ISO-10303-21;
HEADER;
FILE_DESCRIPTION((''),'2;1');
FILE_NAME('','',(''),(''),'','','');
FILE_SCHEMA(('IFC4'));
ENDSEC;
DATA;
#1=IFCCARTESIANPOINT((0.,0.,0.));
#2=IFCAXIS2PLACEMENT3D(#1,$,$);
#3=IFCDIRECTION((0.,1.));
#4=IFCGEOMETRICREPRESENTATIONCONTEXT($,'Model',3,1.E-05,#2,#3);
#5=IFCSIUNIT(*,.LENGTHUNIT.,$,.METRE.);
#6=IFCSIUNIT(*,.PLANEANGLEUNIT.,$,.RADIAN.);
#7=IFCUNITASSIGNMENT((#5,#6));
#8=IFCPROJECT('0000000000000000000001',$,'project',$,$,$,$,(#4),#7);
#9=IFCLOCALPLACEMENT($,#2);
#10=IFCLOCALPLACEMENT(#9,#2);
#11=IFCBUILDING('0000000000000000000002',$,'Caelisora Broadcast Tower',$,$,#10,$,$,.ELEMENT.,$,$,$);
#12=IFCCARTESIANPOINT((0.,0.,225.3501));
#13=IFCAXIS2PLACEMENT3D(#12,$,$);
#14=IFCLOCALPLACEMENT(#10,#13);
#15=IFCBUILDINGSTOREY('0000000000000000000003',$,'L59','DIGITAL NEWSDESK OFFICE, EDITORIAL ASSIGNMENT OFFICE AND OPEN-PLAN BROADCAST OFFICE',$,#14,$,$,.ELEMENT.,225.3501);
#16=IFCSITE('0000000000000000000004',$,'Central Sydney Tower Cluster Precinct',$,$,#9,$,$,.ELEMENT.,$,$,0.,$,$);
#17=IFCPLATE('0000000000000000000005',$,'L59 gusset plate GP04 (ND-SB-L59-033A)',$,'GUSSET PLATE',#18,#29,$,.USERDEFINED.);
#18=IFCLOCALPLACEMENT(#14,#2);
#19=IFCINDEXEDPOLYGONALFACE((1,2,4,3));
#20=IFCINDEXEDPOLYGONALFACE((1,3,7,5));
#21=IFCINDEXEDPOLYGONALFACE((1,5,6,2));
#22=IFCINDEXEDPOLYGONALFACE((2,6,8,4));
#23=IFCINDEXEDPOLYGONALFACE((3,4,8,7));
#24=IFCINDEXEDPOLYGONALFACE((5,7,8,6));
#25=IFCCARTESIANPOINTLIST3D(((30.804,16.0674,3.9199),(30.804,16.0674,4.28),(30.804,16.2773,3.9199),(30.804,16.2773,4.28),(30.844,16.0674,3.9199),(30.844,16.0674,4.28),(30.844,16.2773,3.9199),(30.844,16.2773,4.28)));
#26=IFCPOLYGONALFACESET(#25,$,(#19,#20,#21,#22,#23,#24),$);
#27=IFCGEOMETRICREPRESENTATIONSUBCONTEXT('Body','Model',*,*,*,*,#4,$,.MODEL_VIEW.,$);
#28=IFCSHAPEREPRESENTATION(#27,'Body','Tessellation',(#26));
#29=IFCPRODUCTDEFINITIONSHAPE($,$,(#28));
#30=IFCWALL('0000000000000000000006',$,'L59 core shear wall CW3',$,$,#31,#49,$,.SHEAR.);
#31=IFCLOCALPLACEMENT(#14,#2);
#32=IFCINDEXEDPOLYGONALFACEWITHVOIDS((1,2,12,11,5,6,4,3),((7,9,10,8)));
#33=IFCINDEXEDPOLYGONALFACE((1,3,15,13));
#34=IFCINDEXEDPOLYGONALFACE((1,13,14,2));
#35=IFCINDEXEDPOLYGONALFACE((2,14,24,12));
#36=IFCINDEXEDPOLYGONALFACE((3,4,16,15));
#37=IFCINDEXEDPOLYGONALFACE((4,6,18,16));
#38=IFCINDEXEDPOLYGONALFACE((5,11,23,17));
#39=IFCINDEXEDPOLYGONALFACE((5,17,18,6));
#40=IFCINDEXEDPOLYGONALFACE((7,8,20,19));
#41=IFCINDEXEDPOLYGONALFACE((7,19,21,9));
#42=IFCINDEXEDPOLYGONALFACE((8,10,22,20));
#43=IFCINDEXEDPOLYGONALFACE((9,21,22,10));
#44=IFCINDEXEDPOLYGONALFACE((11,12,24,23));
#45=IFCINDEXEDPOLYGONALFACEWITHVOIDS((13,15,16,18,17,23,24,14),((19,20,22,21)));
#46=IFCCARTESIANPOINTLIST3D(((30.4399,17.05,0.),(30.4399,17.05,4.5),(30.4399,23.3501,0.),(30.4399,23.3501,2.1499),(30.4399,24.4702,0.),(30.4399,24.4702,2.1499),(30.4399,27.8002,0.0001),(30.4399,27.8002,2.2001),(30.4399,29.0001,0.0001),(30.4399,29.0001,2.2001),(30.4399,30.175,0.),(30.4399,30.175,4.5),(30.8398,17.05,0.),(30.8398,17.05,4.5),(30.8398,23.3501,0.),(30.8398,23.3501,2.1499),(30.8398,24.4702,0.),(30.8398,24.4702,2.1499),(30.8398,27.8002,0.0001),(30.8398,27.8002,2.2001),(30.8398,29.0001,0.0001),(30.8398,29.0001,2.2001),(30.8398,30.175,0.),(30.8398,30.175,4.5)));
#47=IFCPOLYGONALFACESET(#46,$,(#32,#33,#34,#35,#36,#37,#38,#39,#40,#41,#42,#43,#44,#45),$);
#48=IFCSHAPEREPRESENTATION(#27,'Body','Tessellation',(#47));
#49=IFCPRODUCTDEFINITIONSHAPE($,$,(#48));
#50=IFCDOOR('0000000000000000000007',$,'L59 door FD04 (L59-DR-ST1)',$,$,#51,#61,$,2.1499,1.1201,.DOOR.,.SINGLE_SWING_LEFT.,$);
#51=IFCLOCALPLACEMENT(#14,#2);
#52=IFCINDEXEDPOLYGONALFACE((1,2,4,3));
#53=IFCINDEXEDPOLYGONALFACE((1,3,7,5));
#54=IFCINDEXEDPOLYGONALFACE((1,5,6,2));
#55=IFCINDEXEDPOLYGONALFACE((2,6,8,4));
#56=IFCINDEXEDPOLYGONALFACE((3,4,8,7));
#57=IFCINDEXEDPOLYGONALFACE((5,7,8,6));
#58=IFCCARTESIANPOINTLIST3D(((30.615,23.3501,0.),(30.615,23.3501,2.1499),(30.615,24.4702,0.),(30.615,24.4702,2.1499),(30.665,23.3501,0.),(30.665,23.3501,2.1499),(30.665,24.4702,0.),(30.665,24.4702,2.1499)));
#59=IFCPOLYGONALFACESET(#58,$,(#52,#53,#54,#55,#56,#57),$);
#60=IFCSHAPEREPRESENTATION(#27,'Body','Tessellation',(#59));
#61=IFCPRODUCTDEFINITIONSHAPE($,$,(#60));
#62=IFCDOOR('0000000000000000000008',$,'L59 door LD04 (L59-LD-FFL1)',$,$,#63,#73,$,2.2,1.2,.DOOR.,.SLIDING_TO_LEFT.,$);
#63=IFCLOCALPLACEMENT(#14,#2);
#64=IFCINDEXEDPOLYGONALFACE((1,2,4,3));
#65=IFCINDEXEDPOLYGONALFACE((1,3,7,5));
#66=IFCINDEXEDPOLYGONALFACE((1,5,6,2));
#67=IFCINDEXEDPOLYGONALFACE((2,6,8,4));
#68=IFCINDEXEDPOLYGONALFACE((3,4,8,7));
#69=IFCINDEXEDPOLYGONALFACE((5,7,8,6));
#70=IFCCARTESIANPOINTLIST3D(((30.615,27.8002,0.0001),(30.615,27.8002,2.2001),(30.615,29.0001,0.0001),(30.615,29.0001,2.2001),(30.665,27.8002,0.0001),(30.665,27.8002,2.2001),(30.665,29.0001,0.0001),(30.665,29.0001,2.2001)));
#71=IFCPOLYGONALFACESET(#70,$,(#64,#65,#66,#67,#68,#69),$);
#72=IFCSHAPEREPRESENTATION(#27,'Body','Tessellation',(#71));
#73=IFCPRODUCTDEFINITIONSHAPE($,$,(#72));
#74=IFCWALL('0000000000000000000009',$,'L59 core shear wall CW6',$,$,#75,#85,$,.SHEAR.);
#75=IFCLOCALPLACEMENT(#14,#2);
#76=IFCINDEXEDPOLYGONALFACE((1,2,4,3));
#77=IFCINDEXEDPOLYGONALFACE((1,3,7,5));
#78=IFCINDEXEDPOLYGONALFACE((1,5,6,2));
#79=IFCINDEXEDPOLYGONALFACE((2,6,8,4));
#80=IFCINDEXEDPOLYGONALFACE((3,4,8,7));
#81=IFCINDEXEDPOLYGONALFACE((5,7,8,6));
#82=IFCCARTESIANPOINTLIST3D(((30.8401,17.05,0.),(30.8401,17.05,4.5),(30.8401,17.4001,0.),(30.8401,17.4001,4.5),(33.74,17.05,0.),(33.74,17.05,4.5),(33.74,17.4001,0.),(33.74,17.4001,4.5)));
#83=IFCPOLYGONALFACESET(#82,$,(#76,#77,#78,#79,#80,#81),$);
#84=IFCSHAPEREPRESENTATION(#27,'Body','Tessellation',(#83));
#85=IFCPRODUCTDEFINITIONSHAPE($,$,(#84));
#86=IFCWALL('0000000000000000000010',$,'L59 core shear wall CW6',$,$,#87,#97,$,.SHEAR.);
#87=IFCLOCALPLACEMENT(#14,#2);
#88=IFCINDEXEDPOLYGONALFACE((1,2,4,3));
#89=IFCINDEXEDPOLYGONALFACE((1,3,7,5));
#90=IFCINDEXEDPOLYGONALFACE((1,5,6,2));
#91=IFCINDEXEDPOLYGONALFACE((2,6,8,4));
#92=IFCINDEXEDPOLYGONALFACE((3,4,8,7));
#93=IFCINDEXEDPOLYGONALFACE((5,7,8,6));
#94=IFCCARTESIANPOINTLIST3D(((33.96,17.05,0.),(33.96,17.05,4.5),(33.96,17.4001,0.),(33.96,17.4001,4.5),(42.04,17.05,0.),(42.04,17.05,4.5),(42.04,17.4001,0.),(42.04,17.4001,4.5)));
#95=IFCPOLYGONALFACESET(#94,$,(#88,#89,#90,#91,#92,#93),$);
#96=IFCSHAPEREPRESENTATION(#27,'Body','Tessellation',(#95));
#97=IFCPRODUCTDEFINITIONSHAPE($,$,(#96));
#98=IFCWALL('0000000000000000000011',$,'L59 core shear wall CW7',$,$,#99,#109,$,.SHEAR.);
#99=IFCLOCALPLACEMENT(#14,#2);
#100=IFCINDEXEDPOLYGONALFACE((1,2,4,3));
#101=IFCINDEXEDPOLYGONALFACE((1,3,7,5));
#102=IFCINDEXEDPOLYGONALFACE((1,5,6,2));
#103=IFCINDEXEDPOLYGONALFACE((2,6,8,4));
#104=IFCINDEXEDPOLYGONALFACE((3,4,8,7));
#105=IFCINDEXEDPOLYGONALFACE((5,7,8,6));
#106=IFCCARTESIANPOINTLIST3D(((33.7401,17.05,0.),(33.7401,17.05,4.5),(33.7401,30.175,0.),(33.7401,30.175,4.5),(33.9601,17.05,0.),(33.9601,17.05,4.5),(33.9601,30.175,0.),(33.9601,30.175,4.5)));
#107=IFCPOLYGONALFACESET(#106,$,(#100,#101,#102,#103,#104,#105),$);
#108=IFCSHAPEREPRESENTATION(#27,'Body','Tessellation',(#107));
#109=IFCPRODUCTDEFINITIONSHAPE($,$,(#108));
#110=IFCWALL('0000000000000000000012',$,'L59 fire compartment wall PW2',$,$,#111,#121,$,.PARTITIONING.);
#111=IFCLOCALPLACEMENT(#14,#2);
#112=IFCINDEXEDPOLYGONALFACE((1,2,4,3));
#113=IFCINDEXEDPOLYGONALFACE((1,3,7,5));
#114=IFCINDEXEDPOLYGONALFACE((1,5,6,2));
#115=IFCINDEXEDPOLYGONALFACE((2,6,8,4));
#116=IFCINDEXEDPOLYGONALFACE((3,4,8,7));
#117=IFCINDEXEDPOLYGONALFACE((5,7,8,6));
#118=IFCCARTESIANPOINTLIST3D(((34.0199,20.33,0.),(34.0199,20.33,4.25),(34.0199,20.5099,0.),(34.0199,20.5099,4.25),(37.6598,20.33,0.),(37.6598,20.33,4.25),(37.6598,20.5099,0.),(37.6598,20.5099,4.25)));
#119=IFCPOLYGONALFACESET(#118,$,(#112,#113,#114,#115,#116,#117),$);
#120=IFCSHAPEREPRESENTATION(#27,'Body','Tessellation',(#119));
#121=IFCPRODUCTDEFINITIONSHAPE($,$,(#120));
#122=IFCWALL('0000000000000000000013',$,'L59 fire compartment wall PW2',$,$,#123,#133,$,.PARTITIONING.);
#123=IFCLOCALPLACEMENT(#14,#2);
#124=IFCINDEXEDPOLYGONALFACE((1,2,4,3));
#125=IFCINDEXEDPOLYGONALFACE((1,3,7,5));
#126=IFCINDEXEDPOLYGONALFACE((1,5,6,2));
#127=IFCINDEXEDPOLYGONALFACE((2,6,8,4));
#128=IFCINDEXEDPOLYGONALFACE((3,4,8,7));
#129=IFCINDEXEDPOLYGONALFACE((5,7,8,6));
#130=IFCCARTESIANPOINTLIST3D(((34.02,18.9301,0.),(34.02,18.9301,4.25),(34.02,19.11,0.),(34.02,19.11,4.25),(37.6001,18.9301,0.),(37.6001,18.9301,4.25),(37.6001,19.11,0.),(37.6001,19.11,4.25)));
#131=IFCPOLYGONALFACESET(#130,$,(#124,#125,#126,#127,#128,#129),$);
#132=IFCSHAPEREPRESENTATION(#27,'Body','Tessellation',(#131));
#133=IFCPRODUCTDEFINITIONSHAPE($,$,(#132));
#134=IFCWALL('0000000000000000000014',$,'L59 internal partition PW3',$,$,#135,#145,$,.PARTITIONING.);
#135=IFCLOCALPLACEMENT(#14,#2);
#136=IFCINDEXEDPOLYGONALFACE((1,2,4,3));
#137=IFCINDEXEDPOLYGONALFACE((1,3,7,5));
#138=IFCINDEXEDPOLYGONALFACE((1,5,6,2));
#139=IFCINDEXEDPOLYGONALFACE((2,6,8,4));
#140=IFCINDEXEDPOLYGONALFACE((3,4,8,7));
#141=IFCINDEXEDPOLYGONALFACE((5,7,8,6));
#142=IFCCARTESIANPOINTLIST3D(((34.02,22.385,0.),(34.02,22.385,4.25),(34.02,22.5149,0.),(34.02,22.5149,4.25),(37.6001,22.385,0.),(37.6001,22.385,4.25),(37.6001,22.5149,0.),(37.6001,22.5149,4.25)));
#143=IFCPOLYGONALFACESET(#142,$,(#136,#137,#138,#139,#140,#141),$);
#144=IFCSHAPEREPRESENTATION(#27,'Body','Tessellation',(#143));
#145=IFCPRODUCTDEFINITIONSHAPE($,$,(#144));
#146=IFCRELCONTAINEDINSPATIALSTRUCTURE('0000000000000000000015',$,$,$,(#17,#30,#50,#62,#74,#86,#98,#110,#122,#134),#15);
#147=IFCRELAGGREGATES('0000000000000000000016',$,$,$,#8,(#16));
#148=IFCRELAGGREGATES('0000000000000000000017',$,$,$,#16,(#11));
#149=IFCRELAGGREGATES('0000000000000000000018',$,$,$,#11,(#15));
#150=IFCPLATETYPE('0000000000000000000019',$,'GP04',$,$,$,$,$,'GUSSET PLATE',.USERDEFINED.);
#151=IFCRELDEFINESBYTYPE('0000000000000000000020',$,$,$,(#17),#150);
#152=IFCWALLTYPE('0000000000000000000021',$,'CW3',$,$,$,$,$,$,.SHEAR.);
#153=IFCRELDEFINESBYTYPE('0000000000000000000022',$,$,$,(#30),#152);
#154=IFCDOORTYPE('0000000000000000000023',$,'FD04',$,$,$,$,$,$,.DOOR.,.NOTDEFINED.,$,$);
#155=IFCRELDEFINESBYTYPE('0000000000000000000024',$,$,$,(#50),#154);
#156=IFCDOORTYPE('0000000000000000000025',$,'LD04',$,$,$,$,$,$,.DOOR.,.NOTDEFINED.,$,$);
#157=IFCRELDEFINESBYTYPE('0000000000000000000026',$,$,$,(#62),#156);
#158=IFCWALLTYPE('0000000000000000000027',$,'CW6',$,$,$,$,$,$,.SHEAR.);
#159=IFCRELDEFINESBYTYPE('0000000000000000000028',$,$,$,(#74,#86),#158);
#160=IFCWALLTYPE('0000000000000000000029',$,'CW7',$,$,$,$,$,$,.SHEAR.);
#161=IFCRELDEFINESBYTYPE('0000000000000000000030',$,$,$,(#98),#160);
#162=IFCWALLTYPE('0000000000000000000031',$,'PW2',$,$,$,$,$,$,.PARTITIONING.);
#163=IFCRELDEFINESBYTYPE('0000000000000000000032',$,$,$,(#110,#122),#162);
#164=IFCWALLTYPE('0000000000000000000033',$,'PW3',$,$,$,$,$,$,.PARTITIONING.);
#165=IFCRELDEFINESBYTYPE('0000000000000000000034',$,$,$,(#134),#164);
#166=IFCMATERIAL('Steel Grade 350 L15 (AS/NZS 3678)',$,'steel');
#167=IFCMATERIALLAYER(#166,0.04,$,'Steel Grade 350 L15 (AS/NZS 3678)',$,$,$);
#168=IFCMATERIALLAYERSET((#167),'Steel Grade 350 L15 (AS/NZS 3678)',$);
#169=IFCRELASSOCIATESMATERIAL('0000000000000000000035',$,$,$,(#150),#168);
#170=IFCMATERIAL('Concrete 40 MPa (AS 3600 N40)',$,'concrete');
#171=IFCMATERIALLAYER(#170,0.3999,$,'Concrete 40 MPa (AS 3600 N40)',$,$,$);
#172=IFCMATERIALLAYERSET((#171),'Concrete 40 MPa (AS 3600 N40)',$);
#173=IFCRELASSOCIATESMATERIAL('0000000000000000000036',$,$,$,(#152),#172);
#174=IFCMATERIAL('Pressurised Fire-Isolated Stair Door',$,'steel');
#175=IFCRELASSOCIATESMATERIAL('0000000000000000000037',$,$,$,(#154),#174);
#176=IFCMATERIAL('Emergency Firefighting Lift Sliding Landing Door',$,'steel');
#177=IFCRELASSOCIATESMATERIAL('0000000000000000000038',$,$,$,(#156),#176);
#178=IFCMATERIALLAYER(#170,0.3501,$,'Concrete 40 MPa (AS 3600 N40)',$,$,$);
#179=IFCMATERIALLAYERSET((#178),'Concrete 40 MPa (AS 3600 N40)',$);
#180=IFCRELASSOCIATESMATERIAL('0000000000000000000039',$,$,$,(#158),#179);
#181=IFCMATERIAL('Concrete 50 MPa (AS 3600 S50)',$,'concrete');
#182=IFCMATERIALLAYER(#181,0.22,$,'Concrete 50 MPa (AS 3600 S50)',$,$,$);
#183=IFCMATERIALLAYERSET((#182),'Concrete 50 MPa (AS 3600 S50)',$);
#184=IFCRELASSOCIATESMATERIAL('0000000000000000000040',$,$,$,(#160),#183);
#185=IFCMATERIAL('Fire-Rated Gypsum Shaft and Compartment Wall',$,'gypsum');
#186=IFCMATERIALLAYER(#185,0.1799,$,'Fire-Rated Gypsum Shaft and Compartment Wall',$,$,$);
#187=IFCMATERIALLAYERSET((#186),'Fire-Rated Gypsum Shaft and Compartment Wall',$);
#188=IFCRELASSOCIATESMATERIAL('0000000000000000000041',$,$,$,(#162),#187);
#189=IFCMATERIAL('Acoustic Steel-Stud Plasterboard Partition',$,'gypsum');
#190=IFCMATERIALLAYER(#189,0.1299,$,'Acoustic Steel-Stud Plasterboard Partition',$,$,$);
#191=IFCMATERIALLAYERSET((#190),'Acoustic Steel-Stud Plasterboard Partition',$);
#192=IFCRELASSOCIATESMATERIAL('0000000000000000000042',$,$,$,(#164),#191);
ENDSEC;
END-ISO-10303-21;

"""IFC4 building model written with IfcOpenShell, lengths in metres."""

from ifc_helpers import new_model, si_unit, direction, frame, frame_2d, origin, origin_2d, place, context, subcontext, project, spatial, rectangle, extrude, source, transform, mapped, material, layer, layer_set, type_object, element, fill, save


model = new_model("IFC4")

# Units and contexts
model_context = context("Model", 3, precision=1e-05, world=origin(), true_north=direction((0.0, 1.0)))
body_context = subcontext(model_context, "Body", "Model", "MODEL_VIEW")
ifc_project = project(units=[si_unit("LENGTHUNIT", "METRE"), si_unit("PLANEANGLEUNIT", "RADIAN")], contexts=[model_context])

# Site, building, storey
site_placement = place(None, origin())
site = spatial("IfcSite", under=ifc_project, at=site_placement, Name="Central Sydney Tower Cluster Precinct", CompositionType="ELEMENT", RefElevation=0.0)
building_placement = place(site_placement, origin())
building = spatial("IfcBuilding", under=site, at=building_placement, Name="Caelisora Broadcast Tower", CompositionType="ELEMENT")
storey_placement = place(building_placement, frame((0.0, 0.0, 225.3501)))
storey = spatial("IfcBuildingStorey", under=building, at=storey_placement, Name="L59", Description="DIGITAL NEWSDESK OFFICE, EDITORIAL ASSIGNMENT OFFICE AND OPEN-PLAN BROADCAST OFFICE", CompositionType="ELEMENT", Elevation=225.3501)

# Plate
ifc_material_1 = material(Name="Steel Grade 350 L15 (AS/NZS 3678)", Category="steel")
ifc_layer_1 = layer(ifc_material_1, 0.04, Name="Steel Grade 350 L15 (AS/NZS 3678)")
ifc_layer_set_1 = layer_set([ifc_layer_1], Name="Steel Grade 350 L15 (AS/NZS 3678)")
plate_type = type_object("IfcPlateType", Name="GP04", ElementType="GUSSET PLATE", PredefinedType="USERDEFINED", material=ifc_layer_set_1)
shared_shape_1 = source(origin(), body_context, "Body", "SweptSolid", [
    extrude(rectangle(XDim=0.21, YDim=0.04, at=origin_2d()), origin(), (0.0, 0.0, 1.0), 0.3601),
])
for number, where, z_axis, x_axis, name in (
    (1, (30.824, 16.1724, 3.9199), (0.0, 0.0, 1.0), (0.0, 1.0, 0.0), "L59 gusset plate GP04 (ND-SB-L59-033A)"),
):
    element("IfcPlate", number, at=place(storey_placement, frame(where, z_axis=z_axis, x_axis=x_axis)), inside=storey, type_object=plate_type, Name=name, ObjectType="GUSSET PLATE", PredefinedType="USERDEFINED", context=body_context, shape_type="MappedRepresentation", body=[
        mapped(shared_shape_1, transform((0.0, 0.0, 0.0), scale=1.0)),
    ])

# Wall, openings, doors
ifc_material_2 = material(Name="Concrete 40 MPa (AS 3600 N40)", Category="concrete")
ifc_layer_2 = layer(ifc_material_2, 0.3999, Name="Concrete 40 MPa (AS 3600 N40)")
ifc_layer_set_2 = layer_set([ifc_layer_2], Name="Concrete 40 MPa (AS 3600 N40)")
wall_type_1 = type_object("IfcWallType", Name="CW3", PredefinedType="SHEAR", material=ifc_layer_set_2)
wall_1_placement = place(storey_placement, frame((30.6399, 17.05, 0.0), z_axis=(0.0, 0.0, 1.0), x_axis=(0.0, 1.0, 0.0)))
wall_1 = element("IfcWall", 2, at=wall_1_placement, inside=storey, type_object=wall_type_1, Name="L59 core shear wall CW3", PredefinedType="SHEAR", context=body_context, shape_type="SweptSolid", body=[
    extrude(rectangle(XDim=13.125, YDim=0.3999, at=frame_2d((6.5625, 0.0))), origin(), (0.0, 0.0, 1.0), 4.5),
])
opening_1_placement = place(wall_1_placement, frame((6.3, 0.0, 0.0)))
opening_1 = element("IfcOpeningElement", 3, at=opening_1_placement, cuts=wall_1, PredefinedType="OPENING", context=body_context, shape_type="SweptSolid", body=[
    extrude(rectangle(XDim=1.1201, YDim=2.1499, at=frame_2d((0.5601, 1.075))), frame((0.0, 0.2119, 0.0), z_axis=(0.0, -1.0, 0.0), x_axis=(1.0, 0.0, 0.0)), (0.0, 0.0, 1.0), 0.4238),
])
opening_2_placement = place(wall_1_placement, frame((10.75, 0.0, 0.0)))
opening_2 = element("IfcOpeningElement", 4, at=opening_2_placement, cuts=wall_1, PredefinedType="OPENING", context=body_context, shape_type="SweptSolid", body=[
    extrude(rectangle(XDim=1.2, YDim=2.2, at=frame_2d((0.6001, 1.1001))), frame((0.0, 0.2119, 0.0), z_axis=(0.0, -1.0, 0.0), x_axis=(1.0, 0.0, 0.0)), (0.0, 0.0, 1.0), 0.4238),
])
ifc_material_3 = material(Name="Pressurised Fire-Isolated Stair Door", Category="steel")
door_type_1 = type_object("IfcDoorType", Name="FD04", OperationType="NOTDEFINED", PredefinedType="DOOR", material=ifc_material_3)
door_1_placement = place(opening_1_placement, origin())
door_1 = element("IfcDoor", 5, at=door_1_placement, inside=storey, type_object=door_type_1, Name="L59 door FD04 (L59-DR-ST1)", OperationType="SINGLE_SWING_LEFT", OverallHeight=2.1499, OverallWidth=1.1201, PredefinedType="DOOR", context=body_context, shape_type="SweptSolid", body=[
    extrude(rectangle(XDim=1.1201, YDim=2.1499, at=frame_2d((0.5601, 1.075))), frame((0.0, 0.0249, 0.0), z_axis=(0.0, -1.0, 0.0), x_axis=(1.0, 0.0, 0.0)), (0.0, 0.0, 1.0), 0.05),
])
fill(opening_1, door_1)
ifc_material_4 = material(Name="Emergency Firefighting Lift Sliding Landing Door", Category="steel")
door_type_2 = type_object("IfcDoorType", Name="LD04", OperationType="NOTDEFINED", PredefinedType="DOOR", material=ifc_material_4)
door_2_placement = place(opening_2_placement, origin())
door_2 = element("IfcDoor", 6, at=door_2_placement, inside=storey, type_object=door_type_2, Name="L59 door LD04 (L59-LD-FFL1)", OperationType="SLIDING_TO_LEFT", OverallHeight=2.2, OverallWidth=1.2, PredefinedType="DOOR", context=body_context, shape_type="SweptSolid", body=[
    extrude(rectangle(XDim=1.2, YDim=2.2, at=frame_2d((0.6001, 1.1001))), frame((0.0, 0.0249, 0.0), z_axis=(0.0, -1.0, 0.0), x_axis=(1.0, 0.0, 0.0)), (0.0, 0.0, 1.0), 0.05),
])
fill(opening_2, door_2)

# Walls
ifc_layer_3 = layer(ifc_material_2, 0.3501, Name="Concrete 40 MPa (AS 3600 N40)")
ifc_layer_set_3 = layer_set([ifc_layer_3], Name="Concrete 40 MPa (AS 3600 N40)")
wall_type_2 = type_object("IfcWallType", Name="CW6", PredefinedType="SHEAR", material=ifc_layer_set_3)
wall_2_placement = place(storey_placement, frame((30.8401, 17.2251, 0.0), z_axis=(0.0, 0.0, 1.0), x_axis=(1.0, 0.0, 0.0)))
element("IfcWall", 7, at=wall_2_placement, inside=storey, type_object=wall_type_2, Name="L59 core shear wall CW6", PredefinedType="SHEAR", context=body_context, shape_type="SweptSolid", body=[
    extrude(rectangle(XDim=2.8999, YDim=0.3501, at=frame_2d((1.45, 0.0))), origin(), (0.0, 0.0, 1.0), 4.5),
])
wall_3_placement = place(storey_placement, frame((33.96, 17.2251, 0.0), z_axis=(0.0, 0.0, 1.0), x_axis=(1.0, 0.0, 0.0)))
element("IfcWall", 8, at=wall_3_placement, inside=storey, type_object=wall_type_2, Name="L59 core shear wall CW6", PredefinedType="SHEAR", context=body_context, shape_type="SweptSolid", body=[
    extrude(rectangle(XDim=8.0801, YDim=0.3501, at=frame_2d((4.04, 0.0))), origin(), (0.0, 0.0, 1.0), 4.5),
])
ifc_material_5 = material(Name="Concrete 50 MPa (AS 3600 S50)", Category="concrete")
ifc_layer_4 = layer(ifc_material_5, 0.22, Name="Concrete 50 MPa (AS 3600 S50)")
ifc_layer_set_4 = layer_set([ifc_layer_4], Name="Concrete 50 MPa (AS 3600 S50)")
wall_type_3 = type_object("IfcWallType", Name="CW7", PredefinedType="SHEAR", material=ifc_layer_set_4)
wall_4_placement = place(storey_placement, frame((33.8501, 17.05, 0.0), z_axis=(0.0, 0.0, 1.0), x_axis=(0.0, 1.0, 0.0)))
element("IfcWall", 9, at=wall_4_placement, inside=storey, type_object=wall_type_3, Name="L59 core shear wall CW7", PredefinedType="SHEAR", context=body_context, shape_type="SweptSolid", body=[
    extrude(rectangle(XDim=13.125, YDim=0.22, at=frame_2d((6.5625, 0.0))), origin(), (0.0, 0.0, 1.0), 4.5),
])
ifc_material_6 = material(Name="Fire-Rated Gypsum Shaft and Compartment Wall", Category="gypsum")
ifc_layer_5 = layer(ifc_material_6, 0.1799, Name="Fire-Rated Gypsum Shaft and Compartment Wall")
ifc_layer_set_5 = layer_set([ifc_layer_5], Name="Fire-Rated Gypsum Shaft and Compartment Wall")
wall_type_4 = type_object("IfcWallType", Name="PW2", PredefinedType="PARTITIONING", material=ifc_layer_set_5)
wall_5_placement = place(storey_placement, frame((34.02, 20.4199, 0.0), z_axis=(0.0, 0.0, 1.0), x_axis=(1.0, 0.0, 0.0)))
element("IfcWall", 10, at=wall_5_placement, inside=storey, type_object=wall_type_4, Name="L59 fire compartment wall PW2", PredefinedType="PARTITIONING", context=body_context, shape_type="SweptSolid", body=[
    extrude(rectangle(XDim=3.6399, YDim=0.1799, at=frame_2d((1.8198, 0.0))), origin(), (0.0, 0.0, 1.0), 4.25),
])
wall_6_placement = place(storey_placement, frame((34.02, 19.02, 0.0), z_axis=(0.0, 0.0, 1.0), x_axis=(1.0, 0.0, 0.0)))
element("IfcWall", 11, at=wall_6_placement, inside=storey, type_object=wall_type_4, Name="L59 fire compartment wall PW2", PredefinedType="PARTITIONING", context=body_context, shape_type="SweptSolid", body=[
    extrude(rectangle(XDim=3.5801, YDim=0.1799, at=frame_2d((1.79, 0.0))), origin(), (0.0, 0.0, 1.0), 4.25),
])
ifc_material_7 = material(Name="Acoustic Steel-Stud Plasterboard Partition", Category="gypsum")
ifc_layer_6 = layer(ifc_material_7, 0.1299, Name="Acoustic Steel-Stud Plasterboard Partition")
ifc_layer_set_6 = layer_set([ifc_layer_6], Name="Acoustic Steel-Stud Plasterboard Partition")
wall_type_5 = type_object("IfcWallType", Name="PW3", PredefinedType="PARTITIONING", material=ifc_layer_set_6)
wall_7_placement = place(storey_placement, frame((34.02, 22.45, 0.0), z_axis=(0.0, 0.0, 1.0), x_axis=(1.0, 0.0, 0.0)))
element("IfcWall", 12, at=wall_7_placement, inside=storey, type_object=wall_type_5, Name="L59 internal partition PW3", PredefinedType="PARTITIONING", context=body_context, shape_type="SweptSolid", body=[
    extrude(rectangle(XDim=3.5801, YDim=0.1299, at=frame_2d((1.79, 0.0))), origin(), (0.0, 0.0, 1.0), 4.25),
])

save(model, "model.ifc")
